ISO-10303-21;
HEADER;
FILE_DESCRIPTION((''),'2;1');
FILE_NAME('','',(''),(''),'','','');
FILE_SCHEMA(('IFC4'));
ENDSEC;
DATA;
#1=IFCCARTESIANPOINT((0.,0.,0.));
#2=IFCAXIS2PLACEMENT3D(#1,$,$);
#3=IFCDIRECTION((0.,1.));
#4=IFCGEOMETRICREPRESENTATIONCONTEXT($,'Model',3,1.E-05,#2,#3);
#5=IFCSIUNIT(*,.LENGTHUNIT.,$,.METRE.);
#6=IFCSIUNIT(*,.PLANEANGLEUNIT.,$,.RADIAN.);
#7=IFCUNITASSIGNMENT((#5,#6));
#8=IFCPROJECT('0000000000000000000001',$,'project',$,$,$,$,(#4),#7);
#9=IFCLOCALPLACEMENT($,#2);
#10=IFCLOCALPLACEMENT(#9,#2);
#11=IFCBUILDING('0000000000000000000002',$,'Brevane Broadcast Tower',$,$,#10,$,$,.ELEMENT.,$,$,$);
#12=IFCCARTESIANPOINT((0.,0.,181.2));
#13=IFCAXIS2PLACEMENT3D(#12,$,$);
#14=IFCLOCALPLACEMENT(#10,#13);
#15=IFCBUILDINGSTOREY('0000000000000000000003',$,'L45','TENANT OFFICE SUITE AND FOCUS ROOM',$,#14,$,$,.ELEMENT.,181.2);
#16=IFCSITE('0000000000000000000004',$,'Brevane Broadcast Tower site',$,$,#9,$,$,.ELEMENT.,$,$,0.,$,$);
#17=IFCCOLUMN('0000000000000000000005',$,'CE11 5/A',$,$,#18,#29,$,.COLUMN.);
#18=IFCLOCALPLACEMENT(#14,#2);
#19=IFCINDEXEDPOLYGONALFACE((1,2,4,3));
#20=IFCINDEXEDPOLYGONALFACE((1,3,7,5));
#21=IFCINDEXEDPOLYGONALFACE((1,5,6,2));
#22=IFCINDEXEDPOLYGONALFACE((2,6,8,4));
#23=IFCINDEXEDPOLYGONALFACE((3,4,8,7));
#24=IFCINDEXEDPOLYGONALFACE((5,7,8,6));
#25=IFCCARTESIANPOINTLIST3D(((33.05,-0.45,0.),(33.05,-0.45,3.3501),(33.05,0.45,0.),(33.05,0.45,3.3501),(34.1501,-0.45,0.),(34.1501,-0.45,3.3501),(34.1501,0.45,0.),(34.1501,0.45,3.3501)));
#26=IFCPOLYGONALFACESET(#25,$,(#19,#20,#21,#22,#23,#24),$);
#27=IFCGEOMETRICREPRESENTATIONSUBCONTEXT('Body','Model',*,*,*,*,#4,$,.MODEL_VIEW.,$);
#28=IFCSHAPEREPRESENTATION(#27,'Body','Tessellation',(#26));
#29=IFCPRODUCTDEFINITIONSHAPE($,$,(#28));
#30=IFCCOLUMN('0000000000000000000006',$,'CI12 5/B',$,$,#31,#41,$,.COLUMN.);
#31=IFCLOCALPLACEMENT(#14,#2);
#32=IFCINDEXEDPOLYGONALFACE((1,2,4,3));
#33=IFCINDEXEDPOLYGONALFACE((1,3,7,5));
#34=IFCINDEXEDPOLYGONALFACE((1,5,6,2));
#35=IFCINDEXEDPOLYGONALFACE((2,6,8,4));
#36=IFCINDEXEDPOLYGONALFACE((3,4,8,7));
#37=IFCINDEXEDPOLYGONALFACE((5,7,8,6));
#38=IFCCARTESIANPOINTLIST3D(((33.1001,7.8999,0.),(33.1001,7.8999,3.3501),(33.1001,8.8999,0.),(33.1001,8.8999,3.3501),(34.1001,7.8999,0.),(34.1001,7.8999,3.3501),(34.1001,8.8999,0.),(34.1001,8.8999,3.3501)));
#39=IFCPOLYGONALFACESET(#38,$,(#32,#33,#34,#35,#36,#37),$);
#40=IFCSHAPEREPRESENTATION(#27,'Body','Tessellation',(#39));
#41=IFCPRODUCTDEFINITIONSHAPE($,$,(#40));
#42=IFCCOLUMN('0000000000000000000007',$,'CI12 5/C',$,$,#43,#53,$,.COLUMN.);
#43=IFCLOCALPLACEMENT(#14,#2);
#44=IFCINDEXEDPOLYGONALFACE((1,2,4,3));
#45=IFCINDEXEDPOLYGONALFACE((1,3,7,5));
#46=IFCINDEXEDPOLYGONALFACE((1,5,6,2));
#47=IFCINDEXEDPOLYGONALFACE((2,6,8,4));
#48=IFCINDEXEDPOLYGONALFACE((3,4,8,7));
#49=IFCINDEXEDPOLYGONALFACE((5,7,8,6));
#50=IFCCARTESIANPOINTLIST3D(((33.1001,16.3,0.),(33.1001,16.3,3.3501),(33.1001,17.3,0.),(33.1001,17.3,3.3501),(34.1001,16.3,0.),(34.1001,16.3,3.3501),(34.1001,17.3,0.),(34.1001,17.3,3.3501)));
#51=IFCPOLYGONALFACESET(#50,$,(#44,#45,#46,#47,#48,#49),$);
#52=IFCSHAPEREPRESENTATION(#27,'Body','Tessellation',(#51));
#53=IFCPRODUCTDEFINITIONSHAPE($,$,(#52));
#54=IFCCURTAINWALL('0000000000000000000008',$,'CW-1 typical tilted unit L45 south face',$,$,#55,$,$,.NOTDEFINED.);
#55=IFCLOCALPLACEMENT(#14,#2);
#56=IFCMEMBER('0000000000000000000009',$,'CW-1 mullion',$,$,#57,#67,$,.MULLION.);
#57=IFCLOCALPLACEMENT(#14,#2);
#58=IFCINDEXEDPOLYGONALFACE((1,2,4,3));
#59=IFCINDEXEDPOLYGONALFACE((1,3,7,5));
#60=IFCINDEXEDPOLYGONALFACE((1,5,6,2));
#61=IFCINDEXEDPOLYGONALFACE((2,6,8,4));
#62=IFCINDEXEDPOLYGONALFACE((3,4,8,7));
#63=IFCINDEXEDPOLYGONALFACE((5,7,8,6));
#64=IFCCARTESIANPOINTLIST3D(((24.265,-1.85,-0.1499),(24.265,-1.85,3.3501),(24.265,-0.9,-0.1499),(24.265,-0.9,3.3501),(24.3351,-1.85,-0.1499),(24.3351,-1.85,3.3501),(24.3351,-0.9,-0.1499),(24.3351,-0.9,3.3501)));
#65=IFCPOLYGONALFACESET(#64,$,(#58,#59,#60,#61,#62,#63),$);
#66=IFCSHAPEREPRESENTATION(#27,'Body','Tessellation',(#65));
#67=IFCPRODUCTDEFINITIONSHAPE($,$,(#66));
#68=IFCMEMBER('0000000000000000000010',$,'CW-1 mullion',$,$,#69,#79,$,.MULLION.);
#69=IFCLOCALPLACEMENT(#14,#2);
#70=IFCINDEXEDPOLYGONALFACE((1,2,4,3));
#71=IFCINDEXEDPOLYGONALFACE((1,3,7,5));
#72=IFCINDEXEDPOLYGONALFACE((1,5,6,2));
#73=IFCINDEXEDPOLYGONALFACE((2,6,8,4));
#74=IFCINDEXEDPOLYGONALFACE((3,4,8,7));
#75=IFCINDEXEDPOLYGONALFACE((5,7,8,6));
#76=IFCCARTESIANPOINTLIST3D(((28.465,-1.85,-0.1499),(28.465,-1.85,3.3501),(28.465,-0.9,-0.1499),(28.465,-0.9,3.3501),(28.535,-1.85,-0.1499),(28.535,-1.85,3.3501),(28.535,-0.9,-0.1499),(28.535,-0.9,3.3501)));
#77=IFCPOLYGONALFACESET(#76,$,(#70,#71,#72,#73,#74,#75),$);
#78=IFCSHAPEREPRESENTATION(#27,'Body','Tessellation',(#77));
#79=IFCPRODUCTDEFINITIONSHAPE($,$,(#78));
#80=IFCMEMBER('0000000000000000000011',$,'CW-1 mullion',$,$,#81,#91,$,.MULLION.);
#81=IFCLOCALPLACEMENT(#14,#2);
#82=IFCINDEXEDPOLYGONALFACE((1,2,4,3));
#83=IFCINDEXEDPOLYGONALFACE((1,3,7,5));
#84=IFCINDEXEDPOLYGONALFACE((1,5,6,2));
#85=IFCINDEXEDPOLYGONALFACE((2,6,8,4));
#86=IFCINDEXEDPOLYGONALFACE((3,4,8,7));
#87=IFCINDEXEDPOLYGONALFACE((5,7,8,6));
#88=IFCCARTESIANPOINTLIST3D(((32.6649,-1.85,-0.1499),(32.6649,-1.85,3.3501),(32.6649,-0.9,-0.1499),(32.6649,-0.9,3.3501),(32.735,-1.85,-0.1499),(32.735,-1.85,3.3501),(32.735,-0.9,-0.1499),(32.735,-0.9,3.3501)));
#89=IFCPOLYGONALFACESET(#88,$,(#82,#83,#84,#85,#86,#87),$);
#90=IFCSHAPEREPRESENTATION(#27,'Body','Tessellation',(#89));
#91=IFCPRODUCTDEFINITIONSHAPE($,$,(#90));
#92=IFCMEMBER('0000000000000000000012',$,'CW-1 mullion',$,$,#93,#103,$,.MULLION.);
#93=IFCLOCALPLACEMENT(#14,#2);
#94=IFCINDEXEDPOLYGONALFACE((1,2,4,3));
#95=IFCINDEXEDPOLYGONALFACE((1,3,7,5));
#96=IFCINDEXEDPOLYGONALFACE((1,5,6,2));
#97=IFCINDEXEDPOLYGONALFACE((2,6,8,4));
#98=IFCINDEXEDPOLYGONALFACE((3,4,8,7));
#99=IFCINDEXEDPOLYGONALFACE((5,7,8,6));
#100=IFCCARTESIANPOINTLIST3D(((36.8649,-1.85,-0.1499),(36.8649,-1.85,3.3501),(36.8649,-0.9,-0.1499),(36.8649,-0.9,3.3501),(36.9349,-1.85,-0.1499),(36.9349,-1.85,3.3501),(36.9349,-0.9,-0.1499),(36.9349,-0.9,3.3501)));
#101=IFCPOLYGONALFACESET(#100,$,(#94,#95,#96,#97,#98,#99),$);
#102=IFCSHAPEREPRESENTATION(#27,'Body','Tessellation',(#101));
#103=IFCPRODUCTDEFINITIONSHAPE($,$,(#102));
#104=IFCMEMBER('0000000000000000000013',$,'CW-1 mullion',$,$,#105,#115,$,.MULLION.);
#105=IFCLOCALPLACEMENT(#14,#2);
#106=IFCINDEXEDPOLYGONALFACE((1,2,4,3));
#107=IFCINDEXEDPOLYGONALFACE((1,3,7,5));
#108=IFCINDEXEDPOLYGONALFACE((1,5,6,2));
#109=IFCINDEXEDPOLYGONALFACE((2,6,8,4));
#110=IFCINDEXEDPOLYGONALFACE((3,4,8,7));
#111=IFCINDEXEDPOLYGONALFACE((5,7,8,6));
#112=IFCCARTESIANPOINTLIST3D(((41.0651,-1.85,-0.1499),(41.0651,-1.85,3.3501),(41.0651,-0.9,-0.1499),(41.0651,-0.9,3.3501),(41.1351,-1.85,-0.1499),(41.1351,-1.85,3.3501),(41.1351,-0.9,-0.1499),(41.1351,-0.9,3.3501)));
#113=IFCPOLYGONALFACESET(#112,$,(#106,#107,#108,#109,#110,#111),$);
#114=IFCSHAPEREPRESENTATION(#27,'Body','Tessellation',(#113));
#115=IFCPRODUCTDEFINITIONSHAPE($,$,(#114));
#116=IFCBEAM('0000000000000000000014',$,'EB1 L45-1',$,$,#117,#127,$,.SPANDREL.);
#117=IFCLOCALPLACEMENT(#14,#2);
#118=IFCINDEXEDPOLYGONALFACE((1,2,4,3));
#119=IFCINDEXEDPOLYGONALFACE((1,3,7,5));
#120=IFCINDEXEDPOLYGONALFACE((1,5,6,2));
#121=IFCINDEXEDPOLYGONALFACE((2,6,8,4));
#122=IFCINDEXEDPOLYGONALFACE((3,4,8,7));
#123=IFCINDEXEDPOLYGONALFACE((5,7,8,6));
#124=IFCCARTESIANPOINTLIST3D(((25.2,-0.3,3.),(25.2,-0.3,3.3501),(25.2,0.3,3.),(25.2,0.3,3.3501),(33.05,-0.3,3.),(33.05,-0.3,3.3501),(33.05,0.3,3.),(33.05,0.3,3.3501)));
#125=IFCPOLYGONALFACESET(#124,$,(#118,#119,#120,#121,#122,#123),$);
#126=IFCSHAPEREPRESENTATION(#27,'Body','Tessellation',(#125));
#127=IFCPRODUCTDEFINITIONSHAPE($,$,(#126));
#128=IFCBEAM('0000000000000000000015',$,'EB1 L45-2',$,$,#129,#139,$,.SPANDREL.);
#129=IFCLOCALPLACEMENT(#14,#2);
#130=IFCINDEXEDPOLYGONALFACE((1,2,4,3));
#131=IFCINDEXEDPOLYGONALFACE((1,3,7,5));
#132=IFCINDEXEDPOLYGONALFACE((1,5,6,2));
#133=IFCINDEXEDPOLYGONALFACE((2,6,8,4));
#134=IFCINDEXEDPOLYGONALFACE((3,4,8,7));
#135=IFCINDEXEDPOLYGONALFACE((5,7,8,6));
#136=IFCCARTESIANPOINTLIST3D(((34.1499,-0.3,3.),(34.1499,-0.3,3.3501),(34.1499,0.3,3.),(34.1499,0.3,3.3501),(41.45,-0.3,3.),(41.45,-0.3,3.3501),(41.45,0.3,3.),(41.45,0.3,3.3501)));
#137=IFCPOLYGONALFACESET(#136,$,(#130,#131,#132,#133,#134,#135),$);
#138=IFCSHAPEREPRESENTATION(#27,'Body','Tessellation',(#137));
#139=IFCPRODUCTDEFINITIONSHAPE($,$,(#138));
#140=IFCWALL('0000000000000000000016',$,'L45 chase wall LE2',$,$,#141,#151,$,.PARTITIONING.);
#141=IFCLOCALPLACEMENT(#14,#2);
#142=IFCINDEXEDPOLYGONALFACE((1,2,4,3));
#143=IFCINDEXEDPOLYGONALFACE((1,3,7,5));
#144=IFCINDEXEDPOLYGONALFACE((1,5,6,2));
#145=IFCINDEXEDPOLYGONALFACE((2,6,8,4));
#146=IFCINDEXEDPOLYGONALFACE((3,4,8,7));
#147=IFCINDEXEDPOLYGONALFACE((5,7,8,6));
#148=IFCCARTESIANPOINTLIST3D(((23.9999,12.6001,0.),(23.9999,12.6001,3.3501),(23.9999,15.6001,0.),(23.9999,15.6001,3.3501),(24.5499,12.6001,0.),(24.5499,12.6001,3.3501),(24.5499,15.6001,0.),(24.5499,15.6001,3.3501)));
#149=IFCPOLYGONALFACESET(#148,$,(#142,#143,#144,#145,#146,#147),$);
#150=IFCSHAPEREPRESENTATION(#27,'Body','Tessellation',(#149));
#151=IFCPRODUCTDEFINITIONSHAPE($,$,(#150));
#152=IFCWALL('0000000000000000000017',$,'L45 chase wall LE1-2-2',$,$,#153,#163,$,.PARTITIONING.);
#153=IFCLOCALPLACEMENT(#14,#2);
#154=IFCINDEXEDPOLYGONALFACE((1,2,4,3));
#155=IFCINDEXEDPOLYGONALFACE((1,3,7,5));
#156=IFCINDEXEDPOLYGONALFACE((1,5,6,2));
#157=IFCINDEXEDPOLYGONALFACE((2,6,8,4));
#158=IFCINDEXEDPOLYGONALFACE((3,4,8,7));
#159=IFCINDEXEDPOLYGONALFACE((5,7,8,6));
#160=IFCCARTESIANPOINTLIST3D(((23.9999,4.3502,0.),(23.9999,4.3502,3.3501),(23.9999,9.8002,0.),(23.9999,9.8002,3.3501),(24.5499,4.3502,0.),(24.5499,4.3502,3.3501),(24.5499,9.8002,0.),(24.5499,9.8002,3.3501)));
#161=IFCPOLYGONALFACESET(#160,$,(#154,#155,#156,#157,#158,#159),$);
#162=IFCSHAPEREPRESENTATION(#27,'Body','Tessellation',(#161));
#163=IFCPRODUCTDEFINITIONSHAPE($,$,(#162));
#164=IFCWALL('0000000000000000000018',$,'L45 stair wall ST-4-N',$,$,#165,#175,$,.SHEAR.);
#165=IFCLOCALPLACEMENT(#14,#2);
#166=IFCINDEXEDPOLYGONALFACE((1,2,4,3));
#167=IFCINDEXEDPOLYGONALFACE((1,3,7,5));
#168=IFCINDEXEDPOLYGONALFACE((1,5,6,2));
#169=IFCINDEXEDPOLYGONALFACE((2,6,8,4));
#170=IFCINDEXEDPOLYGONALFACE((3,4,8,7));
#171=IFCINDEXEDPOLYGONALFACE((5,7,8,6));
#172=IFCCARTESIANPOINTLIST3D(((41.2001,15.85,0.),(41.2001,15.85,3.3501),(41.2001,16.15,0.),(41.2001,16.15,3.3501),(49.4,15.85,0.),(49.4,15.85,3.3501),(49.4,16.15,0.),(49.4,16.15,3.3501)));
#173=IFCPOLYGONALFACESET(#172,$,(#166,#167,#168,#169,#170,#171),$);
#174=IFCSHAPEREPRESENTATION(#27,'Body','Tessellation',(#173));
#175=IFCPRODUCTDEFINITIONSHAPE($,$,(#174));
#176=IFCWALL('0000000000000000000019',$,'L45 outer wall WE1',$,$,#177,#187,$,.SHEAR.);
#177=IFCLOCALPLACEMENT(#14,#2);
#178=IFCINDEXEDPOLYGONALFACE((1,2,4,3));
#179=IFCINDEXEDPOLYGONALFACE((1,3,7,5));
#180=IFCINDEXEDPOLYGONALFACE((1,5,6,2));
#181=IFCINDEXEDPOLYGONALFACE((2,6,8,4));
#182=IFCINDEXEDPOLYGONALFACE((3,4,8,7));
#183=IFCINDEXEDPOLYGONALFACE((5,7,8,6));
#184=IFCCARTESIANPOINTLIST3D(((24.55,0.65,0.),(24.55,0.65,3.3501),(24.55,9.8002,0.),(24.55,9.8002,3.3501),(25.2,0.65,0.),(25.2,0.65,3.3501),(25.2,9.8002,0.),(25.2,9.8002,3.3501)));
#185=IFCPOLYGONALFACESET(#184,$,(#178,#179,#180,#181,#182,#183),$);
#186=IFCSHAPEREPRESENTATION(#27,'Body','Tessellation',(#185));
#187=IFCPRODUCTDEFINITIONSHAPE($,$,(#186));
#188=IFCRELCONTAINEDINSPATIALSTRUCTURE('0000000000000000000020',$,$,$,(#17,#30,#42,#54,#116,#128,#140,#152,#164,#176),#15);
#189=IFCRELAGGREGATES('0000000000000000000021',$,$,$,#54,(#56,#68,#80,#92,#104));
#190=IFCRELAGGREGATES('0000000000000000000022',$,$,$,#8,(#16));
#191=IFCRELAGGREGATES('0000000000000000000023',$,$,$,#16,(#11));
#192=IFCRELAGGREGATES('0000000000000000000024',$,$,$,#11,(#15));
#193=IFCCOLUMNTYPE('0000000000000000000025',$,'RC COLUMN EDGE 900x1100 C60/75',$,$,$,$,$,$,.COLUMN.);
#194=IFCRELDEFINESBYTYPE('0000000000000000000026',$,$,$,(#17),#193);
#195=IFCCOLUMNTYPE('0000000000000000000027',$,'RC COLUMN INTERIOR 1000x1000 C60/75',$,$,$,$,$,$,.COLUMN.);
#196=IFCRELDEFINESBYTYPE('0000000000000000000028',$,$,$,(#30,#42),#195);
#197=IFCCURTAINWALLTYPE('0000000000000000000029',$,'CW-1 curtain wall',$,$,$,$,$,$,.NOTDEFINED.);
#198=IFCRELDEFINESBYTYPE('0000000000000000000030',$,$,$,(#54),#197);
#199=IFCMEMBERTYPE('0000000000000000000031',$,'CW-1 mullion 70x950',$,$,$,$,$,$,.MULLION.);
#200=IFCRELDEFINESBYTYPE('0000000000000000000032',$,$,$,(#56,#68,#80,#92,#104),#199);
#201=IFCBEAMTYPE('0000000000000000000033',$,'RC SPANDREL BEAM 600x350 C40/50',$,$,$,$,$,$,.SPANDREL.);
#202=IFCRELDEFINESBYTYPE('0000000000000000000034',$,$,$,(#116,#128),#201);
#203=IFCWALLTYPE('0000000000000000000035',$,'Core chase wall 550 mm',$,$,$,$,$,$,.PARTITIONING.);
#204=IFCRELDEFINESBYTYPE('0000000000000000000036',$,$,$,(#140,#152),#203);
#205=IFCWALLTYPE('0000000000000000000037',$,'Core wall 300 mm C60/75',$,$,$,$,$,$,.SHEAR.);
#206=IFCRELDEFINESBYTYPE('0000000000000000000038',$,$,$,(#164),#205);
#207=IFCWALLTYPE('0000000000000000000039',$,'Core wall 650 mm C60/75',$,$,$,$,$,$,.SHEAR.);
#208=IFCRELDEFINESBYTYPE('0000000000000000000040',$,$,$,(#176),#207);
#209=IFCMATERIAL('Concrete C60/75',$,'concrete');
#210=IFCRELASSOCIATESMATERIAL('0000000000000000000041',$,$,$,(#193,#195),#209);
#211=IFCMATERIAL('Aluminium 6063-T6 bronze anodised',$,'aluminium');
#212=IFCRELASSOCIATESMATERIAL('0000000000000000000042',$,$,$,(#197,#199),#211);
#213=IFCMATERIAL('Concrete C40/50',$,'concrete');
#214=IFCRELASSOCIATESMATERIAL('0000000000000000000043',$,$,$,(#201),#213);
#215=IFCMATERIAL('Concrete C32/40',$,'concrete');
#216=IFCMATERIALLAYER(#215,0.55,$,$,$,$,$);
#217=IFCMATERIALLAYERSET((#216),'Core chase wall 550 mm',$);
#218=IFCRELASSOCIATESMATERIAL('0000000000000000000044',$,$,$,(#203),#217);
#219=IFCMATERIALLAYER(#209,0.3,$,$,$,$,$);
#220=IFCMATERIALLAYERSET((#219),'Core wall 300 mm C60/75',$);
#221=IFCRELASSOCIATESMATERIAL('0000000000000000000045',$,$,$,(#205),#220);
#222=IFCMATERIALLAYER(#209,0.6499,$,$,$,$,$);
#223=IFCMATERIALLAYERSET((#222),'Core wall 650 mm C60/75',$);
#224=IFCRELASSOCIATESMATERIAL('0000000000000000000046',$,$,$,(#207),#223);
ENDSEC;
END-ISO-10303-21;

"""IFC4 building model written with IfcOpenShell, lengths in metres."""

from ifc_helpers import new_model, si_unit, direction, frame, frame_2d, origin, origin_2d, place, context, subcontext, project, spatial, rectangle, extrude, material, layer, layer_set, material_profile, profile_set, type_object, element, aggregate, save


model = new_model("IFC4")

# Units and contexts
model_context = context("Model", 3, precision=1e-05, world=origin(), true_north=direction((0.0, 1.0)))
body_context = subcontext(model_context, "Body", "Model", "MODEL_VIEW")
ifc_project = project(units=[si_unit("LENGTHUNIT", "METRE"), si_unit("PLANEANGLEUNIT", "RADIAN")], contexts=[model_context])

# Site, building, storey
site_placement = place(None, origin())
site = spatial("IfcSite", under=ifc_project, at=site_placement, Name="Brevane Broadcast Tower site", CompositionType="ELEMENT", RefElevation=0.0)
building_placement = place(site_placement, origin())
building = spatial("IfcBuilding", under=site, at=building_placement, Name="Brevane Broadcast Tower", CompositionType="ELEMENT")
storey_placement = place(building_placement, frame((0.0, 0.0, 181.2)))
storey = spatial("IfcBuildingStorey", under=building, at=storey_placement, Name="L45", Description="TENANT OFFICE SUITE AND FOCUS ROOM", CompositionType="ELEMENT", Elevation=181.2)

# Columns
ifc_material_1 = material(Name="Concrete C60/75", Category="concrete")
ifc_material_profile_1 = material_profile(ifc_material_1, rectangle(XDim=0.8999, YDim=1.1001, at=origin_2d()), Name="RC 900x1100")
ifc_profile_set_1 = profile_set([ifc_material_profile_1], Name="Concrete C60/75")
column_type_1 = type_object("IfcColumnType", Name="RC COLUMN EDGE 900x1100 C60/75", PredefinedType="COLUMN", material=ifc_profile_set_1)
column_placement = place(storey_placement, frame((33.6001, 0.0, 0.0), z_axis=(0.0, 0.0, 1.0), x_axis=(0.0, 1.0, 0.0)))
element("IfcColumn", 1, at=column_placement, inside=storey, type_object=column_type_1, Name="CE11 5/A", PredefinedType="COLUMN", context=body_context, shape_type="SweptSolid", body=[
    extrude(rectangle(XDim=0.8999, YDim=1.1001, at=origin_2d()), origin(), (0.0, 0.0, 1.0), 3.3501),
])
ifc_material_profile_2 = material_profile(ifc_material_1, rectangle(XDim=1.0, YDim=1.0, at=origin_2d()), Name="RC 1000x1000")
ifc_profile_set_2 = profile_set([ifc_material_profile_2], Name="Concrete C60/75")
column_type_2 = type_object("IfcColumnType", Name="RC COLUMN INTERIOR 1000x1000 C60/75", PredefinedType="COLUMN", material=ifc_profile_set_2)
for number, where, z_axis, x_axis, name in (
    (2, (33.6001, 8.3999, 0.0), (0.0, 0.0, 1.0), (1.0, 0.0, 0.0), "CI12 5/B"),
    (3, (33.6001, 16.8, 0.0), (0.0, 0.0, 1.0), (1.0, 0.0, 0.0), "CI12 5/C"),
):
    element("IfcColumn", number, at=place(storey_placement, frame(where, z_axis=z_axis, x_axis=x_axis)), inside=storey, type_object=column_type_2, Name=name, PredefinedType="COLUMN", context=body_context, shape_type="SweptSolid", body=[
        extrude(rectangle(XDim=1.0, YDim=1.0, at=origin_2d()), origin(), (0.0, 0.0, 1.0), 3.3501),
    ])

# Curtain wall, members
ifc_material_2 = material(Name="Aluminium 6063-T6 bronze anodised", Category="aluminium")
curtain_wall_type = type_object("IfcCurtainWallType", Name="CW-1 curtain wall", PredefinedType="NOTDEFINED", material=ifc_material_2)
curtain_wall_placement = place(storey_placement, origin())
curtain_wall = element("IfcCurtainWall", 4, at=curtain_wall_placement, inside=storey, type_object=curtain_wall_type, Name="CW-1 typical tilted unit L45 south face", PredefinedType="NOTDEFINED")
ifc_material_profile_3 = material_profile(ifc_material_2, rectangle(XDim=0.95, YDim=0.0701, at=origin_2d()), Name="RECT 70x950")
ifc_profile_set_3 = profile_set([ifc_material_profile_3], Name="Aluminium 6063-T6 bronze anodised")
member_type = type_object("IfcMemberType", Name="CW-1 mullion 70x950", PredefinedType="MULLION", material=ifc_profile_set_3)
member_1_placement = place(storey_placement, frame((24.3, -1.375, -0.1499), z_axis=(0.0, 0.0, 1.0), x_axis=(0.0, 1.0, 0.0)))
member_1 = element("IfcMember", 5, at=member_1_placement, type_object=member_type, Name="CW-1 mullion", PredefinedType="MULLION", context=body_context, shape_type="SweptSolid", body=[
    extrude(rectangle(XDim=0.95, YDim=0.0701, at=origin_2d()), origin(), (0.0, 0.0, 1.0), 3.5),
])
member_2_placement = place(storey_placement, frame((28.5, -1.375, -0.1499), z_axis=(0.0, 0.0, 1.0), x_axis=(0.0, 1.0, 0.0)))
member_2 = element("IfcMember", 6, at=member_2_placement, type_object=member_type, Name="CW-1 mullion", PredefinedType="MULLION", context=body_context, shape_type="SweptSolid", body=[
    extrude(rectangle(XDim=0.95, YDim=0.0701, at=origin_2d()), origin(), (0.0, 0.0, 1.0), 3.5),
])
member_3_placement = place(storey_placement, frame((32.7, -1.375, -0.1499), z_axis=(0.0, 0.0, 1.0), x_axis=(0.0, 1.0, 0.0)))
member_3 = element("IfcMember", 7, at=member_3_placement, type_object=member_type, Name="CW-1 mullion", PredefinedType="MULLION", context=body_context, shape_type="SweptSolid", body=[
    extrude(rectangle(XDim=0.95, YDim=0.0701, at=origin_2d()), origin(), (0.0, 0.0, 1.0), 3.5),
])
member_4_placement = place(storey_placement, frame((36.8999, -1.375, -0.1499), z_axis=(0.0, 0.0, 1.0), x_axis=(0.0, 1.0, 0.0)))
member_4 = element("IfcMember", 8, at=member_4_placement, type_object=member_type, Name="CW-1 mullion", PredefinedType="MULLION", context=body_context, shape_type="SweptSolid", body=[
    extrude(rectangle(XDim=0.95, YDim=0.0701, at=origin_2d()), origin(), (0.0, 0.0, 1.0), 3.5),
])
member_5_placement = place(storey_placement, frame((41.1001, -1.375, -0.1499), z_axis=(0.0, 0.0, 1.0), x_axis=(0.0, 1.0, 0.0)))
member_5 = element("IfcMember", 9, at=member_5_placement, type_object=member_type, Name="CW-1 mullion", PredefinedType="MULLION", context=body_context, shape_type="SweptSolid", body=[
    extrude(rectangle(XDim=0.95, YDim=0.0701, at=origin_2d()), origin(), (0.0, 0.0, 1.0), 3.5),
])
aggregate(curtain_wall, [member_1, member_2, member_3, member_4, member_5])

# Beams
ifc_material_3 = material(Name="Concrete C40/50", Category="concrete")
ifc_material_profile_4 = material_profile(ifc_material_3, rectangle(XDim=0.6001, YDim=0.3501, at=origin_2d()), Name="RC 600x350")
ifc_profile_set_4 = profile_set([ifc_material_profile_4], Name="Concrete C40/50")
beam_type = type_object("IfcBeamType", Name="RC SPANDREL BEAM 600x350 C40/50", PredefinedType="SPANDREL", material=ifc_profile_set_4)
beam_1_placement = place(storey_placement, frame((25.2, 0.0, 3.175), z_axis=(1.0, 0.0, 0.0), x_axis=(0.0, 1.0, 0.0)))
element("IfcBeam", 10, at=beam_1_placement, inside=storey, type_object=beam_type, Name="EB1 L45-1", PredefinedType="SPANDREL", context=body_context, shape_type="SweptSolid", body=[
    extrude(rectangle(XDim=0.6001, YDim=0.3501, at=origin_2d()), origin(), (0.0, 0.0, 1.0), 7.8501),
])
beam_2_placement = place(storey_placement, frame((34.1499, 0.0, 3.175), z_axis=(1.0, 0.0, 0.0), x_axis=(0.0, 1.0, 0.0)))
element("IfcBeam", 11, at=beam_2_placement, inside=storey, type_object=beam_type, Name="EB1 L45-2", PredefinedType="SPANDREL", context=body_context, shape_type="SweptSolid", body=[
    extrude(rectangle(XDim=0.6001, YDim=0.3501, at=origin_2d()), origin(), (0.0, 0.0, 1.0), 7.3),
])

# Walls
ifc_material_4 = material(Name="Concrete C32/40", Category="concrete")
ifc_layer_1 = layer(ifc_material_4, 0.55)
ifc_layer_set_1 = layer_set([ifc_layer_1], Name="Core chase wall 550 mm")
wall_type_1 = type_object("IfcWallType", Name="Core chase wall 550 mm", PredefinedType="PARTITIONING", material=ifc_layer_set_1)
wall_1_placement = place(storey_placement, frame((24.2749, 12.6001, 0.0), z_axis=(0.0, 0.0, 1.0), x_axis=(0.0, 1.0, 0.0)))
element("IfcWall", 12, at=wall_1_placement, inside=storey, type_object=wall_type_1, Name="L45 chase wall LE2", PredefinedType="PARTITIONING", context=body_context, shape_type="SweptSolid", body=[
    extrude(rectangle(XDim=3.0, YDim=0.55, at=frame_2d((1.5, 0.0))), origin(), (0.0, 0.0, 1.0), 3.3501),
])
wall_2_placement = place(storey_placement, frame((24.2749, 4.3501, 0.0), z_axis=(0.0, 0.0, 1.0), x_axis=(0.0, 1.0, 0.0)))
element("IfcWall", 13, at=wall_2_placement, inside=storey, type_object=wall_type_1, Name="L45 chase wall LE1-2-2", PredefinedType="PARTITIONING", context=body_context, shape_type="SweptSolid", body=[
    extrude(rectangle(XDim=5.45, YDim=0.55, at=frame_2d((2.7251, 0.0))), origin(), (0.0, 0.0, 1.0), 3.3501),
])
ifc_layer_2 = layer(ifc_material_1, 0.3)
ifc_layer_set_2 = layer_set([ifc_layer_2], Name="Core wall 300 mm C60/75")
wall_type_2 = type_object("IfcWallType", Name="Core wall 300 mm C60/75", PredefinedType="SHEAR", material=ifc_layer_set_2)
wall_3_placement = place(storey_placement, frame((41.2, 16.0, 0.0), z_axis=(0.0, 0.0, 1.0), x_axis=(1.0, 0.0, 0.0)))
element("IfcWall", 14, at=wall_3_placement, inside=storey, type_object=wall_type_2, Name="L45 stair wall ST-4-N", PredefinedType="SHEAR", context=body_context, shape_type="SweptSolid", body=[
    extrude(rectangle(XDim=8.2, YDim=0.3, at=frame_2d((4.1001, 0.0))), origin(), (0.0, 0.0, 1.0), 3.3501),
])
ifc_layer_3 = layer(ifc_material_1, 0.6499)
ifc_layer_set_3 = layer_set([ifc_layer_3], Name="Core wall 650 mm C60/75")
wall_type_3 = type_object("IfcWallType", Name="Core wall 650 mm C60/75", PredefinedType="SHEAR", material=ifc_layer_set_3)
wall_4_placement = place(storey_placement, frame((24.875, 0.6499, 0.0), z_axis=(0.0, 0.0, 1.0), x_axis=(0.0, 1.0, 0.0)))
element("IfcWall", 15, at=wall_4_placement, inside=storey, type_object=wall_type_3, Name="L45 outer wall WE1", PredefinedType="SHEAR", context=body_context, shape_type="SweptSolid", body=[
    extrude(rectangle(XDim=9.1501, YDim=0.6499, at=frame_2d((4.5752, 0.0))), origin(), (0.0, 0.0, 1.0), 3.3501),
])

save(model, "model.ifc")
